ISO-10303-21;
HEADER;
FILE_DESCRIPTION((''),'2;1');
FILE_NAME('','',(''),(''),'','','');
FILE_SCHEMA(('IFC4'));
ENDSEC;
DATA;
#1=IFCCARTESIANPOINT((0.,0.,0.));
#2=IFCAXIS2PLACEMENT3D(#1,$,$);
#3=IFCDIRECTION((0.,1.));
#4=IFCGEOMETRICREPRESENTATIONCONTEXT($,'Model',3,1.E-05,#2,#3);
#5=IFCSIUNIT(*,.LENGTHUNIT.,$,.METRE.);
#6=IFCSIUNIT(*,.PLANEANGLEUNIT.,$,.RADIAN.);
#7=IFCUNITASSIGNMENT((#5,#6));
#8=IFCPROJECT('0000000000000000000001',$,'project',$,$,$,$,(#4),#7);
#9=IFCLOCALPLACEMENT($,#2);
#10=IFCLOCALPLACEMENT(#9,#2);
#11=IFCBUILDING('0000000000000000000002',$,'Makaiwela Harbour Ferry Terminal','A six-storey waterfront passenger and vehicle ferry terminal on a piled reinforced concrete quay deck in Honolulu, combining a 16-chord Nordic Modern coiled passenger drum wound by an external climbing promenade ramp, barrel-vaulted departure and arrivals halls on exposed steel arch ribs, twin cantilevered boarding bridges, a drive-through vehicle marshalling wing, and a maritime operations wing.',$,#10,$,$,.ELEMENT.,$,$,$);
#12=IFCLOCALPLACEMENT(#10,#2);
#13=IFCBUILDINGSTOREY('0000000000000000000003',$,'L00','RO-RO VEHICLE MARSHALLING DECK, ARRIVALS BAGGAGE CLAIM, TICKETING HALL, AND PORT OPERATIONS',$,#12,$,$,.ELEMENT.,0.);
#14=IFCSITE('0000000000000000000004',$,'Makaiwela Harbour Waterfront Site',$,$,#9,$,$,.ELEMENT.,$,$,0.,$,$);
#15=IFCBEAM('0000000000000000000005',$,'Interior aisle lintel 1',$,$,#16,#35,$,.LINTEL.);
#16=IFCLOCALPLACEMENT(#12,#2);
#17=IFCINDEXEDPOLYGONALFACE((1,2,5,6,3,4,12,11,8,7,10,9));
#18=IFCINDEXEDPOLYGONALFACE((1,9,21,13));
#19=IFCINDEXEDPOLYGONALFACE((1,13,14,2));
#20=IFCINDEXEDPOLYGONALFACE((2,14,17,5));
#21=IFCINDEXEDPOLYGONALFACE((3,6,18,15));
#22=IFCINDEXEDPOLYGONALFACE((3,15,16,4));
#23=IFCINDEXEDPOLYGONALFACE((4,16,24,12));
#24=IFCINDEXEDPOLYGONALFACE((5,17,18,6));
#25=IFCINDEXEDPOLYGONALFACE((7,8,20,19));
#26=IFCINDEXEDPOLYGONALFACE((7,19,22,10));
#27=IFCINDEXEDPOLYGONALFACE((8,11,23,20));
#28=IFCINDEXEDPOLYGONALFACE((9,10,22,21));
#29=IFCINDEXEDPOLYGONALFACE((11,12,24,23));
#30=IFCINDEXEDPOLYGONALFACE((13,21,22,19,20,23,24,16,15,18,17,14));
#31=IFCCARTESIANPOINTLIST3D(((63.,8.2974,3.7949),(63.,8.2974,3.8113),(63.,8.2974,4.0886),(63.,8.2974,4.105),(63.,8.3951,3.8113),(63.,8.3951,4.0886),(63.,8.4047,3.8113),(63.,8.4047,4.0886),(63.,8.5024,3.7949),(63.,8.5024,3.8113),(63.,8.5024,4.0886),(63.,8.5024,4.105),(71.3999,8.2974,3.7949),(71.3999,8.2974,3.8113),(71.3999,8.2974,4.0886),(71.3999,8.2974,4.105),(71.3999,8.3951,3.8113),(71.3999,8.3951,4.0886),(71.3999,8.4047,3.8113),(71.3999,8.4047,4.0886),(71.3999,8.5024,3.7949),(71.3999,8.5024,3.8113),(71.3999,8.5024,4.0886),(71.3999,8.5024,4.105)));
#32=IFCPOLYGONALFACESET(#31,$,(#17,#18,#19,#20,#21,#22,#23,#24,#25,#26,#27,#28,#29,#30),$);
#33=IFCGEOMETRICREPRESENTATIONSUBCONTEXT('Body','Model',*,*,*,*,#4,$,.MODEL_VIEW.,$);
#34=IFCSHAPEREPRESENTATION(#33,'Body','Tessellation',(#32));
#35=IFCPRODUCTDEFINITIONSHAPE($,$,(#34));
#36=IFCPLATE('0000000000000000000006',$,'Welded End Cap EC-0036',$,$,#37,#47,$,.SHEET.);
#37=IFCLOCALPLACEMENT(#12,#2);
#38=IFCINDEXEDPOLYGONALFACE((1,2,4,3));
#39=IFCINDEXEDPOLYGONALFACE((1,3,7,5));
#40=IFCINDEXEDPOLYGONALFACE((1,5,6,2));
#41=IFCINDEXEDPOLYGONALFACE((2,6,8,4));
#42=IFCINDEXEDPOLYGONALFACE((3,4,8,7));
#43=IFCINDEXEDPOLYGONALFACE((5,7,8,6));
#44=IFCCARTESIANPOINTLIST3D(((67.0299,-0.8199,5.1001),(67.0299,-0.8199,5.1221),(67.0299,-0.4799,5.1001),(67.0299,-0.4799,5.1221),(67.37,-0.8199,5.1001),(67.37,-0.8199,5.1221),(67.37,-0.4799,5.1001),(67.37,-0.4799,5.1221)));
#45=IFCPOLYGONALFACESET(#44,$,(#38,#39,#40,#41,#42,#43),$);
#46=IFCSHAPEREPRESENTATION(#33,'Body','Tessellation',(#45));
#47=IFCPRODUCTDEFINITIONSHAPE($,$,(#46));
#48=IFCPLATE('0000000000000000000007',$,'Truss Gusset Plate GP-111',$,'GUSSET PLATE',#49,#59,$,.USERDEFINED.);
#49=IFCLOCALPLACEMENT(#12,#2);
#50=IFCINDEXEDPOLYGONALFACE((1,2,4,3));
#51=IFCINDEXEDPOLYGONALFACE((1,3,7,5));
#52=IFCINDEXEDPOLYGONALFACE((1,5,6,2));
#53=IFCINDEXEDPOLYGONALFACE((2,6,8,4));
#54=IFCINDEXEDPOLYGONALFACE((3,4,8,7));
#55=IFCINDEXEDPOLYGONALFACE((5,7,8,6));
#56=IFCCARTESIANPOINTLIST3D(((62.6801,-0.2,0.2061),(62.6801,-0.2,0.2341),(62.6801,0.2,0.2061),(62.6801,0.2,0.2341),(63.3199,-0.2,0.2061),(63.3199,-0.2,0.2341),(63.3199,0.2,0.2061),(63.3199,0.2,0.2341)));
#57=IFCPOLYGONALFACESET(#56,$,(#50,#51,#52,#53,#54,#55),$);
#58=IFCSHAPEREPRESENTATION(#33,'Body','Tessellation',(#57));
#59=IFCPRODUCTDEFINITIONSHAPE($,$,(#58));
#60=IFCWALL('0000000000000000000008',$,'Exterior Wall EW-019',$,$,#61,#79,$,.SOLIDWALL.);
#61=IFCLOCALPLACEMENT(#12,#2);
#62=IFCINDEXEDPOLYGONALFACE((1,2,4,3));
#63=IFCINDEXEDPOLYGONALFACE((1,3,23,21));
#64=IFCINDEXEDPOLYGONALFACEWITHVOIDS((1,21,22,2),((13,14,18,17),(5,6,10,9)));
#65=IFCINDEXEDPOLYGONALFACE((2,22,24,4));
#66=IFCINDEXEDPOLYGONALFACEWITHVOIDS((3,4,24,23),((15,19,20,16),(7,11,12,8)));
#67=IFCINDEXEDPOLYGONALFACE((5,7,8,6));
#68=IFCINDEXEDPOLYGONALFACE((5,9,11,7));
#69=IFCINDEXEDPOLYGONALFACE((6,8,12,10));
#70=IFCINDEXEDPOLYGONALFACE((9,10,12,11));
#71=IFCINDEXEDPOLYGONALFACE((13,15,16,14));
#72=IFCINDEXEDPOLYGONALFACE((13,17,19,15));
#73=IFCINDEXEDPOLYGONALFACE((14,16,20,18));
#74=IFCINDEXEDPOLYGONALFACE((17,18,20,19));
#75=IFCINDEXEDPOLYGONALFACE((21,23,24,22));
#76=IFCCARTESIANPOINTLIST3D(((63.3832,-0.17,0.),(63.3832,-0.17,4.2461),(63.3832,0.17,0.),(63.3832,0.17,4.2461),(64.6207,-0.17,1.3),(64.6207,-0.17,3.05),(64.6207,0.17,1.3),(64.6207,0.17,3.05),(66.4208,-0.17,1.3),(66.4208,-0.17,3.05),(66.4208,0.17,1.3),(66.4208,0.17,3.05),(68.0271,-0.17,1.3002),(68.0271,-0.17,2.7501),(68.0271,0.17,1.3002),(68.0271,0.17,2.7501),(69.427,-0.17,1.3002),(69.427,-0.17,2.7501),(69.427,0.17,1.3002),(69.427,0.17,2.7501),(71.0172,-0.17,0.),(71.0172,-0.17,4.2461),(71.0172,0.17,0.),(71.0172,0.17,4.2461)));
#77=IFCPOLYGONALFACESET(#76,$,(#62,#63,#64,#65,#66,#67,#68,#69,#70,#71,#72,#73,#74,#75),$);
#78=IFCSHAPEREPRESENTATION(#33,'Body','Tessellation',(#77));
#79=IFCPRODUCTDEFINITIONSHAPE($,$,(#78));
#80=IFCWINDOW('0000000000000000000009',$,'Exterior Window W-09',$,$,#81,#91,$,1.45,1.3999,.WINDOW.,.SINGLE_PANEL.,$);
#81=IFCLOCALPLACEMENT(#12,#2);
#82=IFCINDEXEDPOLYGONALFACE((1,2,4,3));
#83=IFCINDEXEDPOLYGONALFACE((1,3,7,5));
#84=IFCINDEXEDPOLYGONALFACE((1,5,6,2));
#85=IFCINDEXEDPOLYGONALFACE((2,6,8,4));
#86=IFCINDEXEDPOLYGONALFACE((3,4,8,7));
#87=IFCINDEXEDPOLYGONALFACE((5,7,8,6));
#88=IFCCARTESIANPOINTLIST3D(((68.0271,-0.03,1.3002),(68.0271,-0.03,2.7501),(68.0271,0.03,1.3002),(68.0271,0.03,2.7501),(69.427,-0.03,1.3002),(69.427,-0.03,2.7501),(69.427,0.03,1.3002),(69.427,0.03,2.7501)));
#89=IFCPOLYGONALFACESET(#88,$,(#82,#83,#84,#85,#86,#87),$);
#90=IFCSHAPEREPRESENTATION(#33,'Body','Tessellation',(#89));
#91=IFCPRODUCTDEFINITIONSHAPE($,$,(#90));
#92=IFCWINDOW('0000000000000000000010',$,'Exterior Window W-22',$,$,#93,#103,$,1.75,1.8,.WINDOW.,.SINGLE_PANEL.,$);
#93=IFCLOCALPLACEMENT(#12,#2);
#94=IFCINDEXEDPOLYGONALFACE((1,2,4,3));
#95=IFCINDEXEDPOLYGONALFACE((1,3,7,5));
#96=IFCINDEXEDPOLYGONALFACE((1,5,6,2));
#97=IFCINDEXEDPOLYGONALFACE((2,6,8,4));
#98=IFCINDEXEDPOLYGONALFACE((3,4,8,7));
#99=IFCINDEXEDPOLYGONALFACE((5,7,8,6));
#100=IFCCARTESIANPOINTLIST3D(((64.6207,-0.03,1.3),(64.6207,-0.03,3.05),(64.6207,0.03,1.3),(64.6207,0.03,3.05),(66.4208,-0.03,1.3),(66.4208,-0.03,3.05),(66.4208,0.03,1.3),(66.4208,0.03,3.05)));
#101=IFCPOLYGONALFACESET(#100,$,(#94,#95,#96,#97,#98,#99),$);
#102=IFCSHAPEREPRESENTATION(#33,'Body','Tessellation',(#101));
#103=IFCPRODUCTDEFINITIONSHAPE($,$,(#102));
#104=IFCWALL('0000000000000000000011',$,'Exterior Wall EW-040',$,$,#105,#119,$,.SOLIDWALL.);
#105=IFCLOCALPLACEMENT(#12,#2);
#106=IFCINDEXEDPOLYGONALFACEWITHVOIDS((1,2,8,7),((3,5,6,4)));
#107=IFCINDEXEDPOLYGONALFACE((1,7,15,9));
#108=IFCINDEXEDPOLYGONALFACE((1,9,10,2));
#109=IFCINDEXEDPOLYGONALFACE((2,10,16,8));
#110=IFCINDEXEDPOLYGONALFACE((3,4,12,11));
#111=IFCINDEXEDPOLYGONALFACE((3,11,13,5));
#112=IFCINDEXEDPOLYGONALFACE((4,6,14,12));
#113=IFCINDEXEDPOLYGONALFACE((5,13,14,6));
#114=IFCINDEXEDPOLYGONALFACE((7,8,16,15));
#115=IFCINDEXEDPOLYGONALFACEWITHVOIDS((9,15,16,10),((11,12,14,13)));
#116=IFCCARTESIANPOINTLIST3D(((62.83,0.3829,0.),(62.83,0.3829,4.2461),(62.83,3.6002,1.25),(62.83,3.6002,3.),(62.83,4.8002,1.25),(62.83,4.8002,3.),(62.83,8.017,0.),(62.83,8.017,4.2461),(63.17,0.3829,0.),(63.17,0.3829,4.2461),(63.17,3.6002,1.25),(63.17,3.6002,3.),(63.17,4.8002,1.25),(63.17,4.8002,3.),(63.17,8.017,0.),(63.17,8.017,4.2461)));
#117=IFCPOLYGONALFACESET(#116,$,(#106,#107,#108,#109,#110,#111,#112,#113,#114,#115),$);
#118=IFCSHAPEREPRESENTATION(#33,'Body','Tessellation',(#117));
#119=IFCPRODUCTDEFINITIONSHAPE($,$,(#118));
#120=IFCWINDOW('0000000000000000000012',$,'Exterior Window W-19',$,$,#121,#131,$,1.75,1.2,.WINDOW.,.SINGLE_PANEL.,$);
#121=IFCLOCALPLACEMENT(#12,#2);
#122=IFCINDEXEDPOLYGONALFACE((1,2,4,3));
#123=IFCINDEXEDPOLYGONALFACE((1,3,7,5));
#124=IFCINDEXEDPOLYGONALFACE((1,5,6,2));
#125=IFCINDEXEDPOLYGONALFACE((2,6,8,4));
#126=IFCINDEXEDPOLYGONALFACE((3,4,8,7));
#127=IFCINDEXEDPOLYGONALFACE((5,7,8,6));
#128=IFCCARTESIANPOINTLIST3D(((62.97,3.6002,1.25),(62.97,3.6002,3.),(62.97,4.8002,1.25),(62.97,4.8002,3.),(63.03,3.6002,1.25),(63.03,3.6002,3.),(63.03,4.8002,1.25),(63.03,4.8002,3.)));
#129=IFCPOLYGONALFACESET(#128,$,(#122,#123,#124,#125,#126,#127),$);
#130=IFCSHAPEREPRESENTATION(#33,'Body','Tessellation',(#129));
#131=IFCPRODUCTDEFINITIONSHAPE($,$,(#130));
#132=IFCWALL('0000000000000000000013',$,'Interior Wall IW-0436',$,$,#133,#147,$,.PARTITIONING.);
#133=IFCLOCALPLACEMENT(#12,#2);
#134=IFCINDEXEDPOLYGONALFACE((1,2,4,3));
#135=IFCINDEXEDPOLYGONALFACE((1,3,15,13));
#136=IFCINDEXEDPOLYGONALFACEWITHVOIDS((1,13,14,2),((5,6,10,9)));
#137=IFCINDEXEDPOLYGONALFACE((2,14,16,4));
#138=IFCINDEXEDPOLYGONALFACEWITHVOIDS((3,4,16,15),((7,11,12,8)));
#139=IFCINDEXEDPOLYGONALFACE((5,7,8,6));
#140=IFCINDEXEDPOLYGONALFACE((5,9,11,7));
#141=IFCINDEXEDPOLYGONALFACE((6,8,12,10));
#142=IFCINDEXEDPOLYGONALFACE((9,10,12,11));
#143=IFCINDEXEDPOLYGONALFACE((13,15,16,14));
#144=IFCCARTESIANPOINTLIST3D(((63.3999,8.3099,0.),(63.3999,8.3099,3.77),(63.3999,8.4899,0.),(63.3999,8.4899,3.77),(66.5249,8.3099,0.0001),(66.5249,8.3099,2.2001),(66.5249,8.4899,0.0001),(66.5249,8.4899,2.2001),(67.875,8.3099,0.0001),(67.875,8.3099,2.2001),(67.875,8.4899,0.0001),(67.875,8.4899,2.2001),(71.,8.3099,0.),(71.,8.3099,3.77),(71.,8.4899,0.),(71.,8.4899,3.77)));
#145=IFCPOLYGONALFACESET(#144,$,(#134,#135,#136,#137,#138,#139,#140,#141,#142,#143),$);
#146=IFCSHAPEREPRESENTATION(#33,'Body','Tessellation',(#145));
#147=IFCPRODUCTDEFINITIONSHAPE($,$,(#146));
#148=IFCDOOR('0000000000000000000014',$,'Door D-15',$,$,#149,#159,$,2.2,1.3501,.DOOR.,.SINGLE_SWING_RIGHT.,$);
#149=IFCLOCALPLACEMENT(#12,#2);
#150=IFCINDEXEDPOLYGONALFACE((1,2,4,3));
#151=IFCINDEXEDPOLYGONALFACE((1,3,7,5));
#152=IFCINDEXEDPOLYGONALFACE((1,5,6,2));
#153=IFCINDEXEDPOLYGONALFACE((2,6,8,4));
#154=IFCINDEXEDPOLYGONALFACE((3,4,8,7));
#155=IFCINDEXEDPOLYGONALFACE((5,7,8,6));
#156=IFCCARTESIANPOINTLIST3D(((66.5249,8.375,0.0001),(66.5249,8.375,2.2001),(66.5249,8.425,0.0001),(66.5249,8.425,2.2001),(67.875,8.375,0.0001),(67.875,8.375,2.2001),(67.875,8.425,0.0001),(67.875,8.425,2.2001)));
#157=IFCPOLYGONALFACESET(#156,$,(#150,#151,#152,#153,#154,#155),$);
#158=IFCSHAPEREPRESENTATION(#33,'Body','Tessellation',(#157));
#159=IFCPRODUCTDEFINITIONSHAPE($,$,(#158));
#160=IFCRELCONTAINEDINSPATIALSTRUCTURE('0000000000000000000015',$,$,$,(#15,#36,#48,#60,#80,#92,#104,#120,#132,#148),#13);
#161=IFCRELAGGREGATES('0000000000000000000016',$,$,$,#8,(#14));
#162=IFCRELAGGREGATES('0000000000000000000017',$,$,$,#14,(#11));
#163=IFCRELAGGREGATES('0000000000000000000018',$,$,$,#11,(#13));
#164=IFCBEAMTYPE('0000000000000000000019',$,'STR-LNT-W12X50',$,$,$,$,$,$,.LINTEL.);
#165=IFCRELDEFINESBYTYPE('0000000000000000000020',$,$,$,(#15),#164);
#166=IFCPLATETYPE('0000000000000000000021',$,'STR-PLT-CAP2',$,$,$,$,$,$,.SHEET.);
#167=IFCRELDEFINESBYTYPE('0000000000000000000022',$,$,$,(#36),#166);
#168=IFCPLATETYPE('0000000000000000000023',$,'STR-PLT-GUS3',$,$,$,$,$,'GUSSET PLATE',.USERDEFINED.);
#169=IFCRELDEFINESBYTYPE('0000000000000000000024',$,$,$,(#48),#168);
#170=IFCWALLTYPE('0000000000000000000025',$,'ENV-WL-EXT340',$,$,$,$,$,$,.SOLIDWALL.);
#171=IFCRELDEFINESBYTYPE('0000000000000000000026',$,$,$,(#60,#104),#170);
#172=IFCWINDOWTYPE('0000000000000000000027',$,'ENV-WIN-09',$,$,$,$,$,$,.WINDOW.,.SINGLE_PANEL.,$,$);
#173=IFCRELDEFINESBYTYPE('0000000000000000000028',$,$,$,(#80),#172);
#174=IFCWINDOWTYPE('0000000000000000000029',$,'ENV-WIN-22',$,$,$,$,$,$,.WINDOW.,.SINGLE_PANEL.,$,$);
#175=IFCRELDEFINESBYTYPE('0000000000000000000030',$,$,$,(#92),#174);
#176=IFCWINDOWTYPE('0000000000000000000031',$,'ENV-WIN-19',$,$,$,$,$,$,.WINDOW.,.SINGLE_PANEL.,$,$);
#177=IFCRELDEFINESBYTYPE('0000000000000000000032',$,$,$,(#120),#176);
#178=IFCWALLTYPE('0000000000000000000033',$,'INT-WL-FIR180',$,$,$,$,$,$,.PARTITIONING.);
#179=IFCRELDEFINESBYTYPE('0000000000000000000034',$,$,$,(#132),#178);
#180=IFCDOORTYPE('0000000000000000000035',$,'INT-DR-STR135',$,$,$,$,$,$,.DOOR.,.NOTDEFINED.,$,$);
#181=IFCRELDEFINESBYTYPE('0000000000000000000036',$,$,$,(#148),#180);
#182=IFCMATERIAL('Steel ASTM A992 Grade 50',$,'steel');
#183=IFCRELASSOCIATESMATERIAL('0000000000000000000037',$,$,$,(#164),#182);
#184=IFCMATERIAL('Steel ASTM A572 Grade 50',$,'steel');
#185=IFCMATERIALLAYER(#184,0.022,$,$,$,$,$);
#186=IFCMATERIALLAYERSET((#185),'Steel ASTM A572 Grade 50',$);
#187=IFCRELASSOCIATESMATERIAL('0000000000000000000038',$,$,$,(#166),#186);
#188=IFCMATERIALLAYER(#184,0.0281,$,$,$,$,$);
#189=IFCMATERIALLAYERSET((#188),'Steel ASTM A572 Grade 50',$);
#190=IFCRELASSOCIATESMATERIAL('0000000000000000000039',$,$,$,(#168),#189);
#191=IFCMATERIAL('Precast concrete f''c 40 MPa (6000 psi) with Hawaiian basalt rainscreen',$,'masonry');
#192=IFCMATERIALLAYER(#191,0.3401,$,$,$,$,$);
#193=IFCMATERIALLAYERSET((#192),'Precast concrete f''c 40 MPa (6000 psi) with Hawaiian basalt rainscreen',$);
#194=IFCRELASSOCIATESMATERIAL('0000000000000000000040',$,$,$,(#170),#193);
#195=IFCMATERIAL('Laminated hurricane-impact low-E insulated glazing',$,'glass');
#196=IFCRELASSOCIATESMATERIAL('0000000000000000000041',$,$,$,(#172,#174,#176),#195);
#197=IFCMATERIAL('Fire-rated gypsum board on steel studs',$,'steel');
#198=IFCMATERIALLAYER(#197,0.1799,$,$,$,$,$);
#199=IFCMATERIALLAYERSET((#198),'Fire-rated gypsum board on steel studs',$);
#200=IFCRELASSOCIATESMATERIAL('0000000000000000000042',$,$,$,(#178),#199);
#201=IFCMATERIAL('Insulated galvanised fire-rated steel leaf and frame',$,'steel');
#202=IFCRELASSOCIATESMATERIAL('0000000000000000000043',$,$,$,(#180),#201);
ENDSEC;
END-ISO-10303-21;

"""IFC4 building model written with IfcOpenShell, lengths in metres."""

from ifc_helpers import new_model, si_unit, direction, frame, frame_2d, origin, origin_2d, place, context, subcontext, project, spatial, rectangle, i_section, extrude, material, layer, layer_set, material_profile, profile_set, type_object, element, fill, save


model = new_model("IFC4")

# Units and contexts
model_context = context("Model", 3, precision=1e-05, world=origin(), true_north=direction((0.0, 1.0)))
body_context = subcontext(model_context, "Body", "Model", "MODEL_VIEW")
ifc_project = project(units=[si_unit("LENGTHUNIT", "METRE"), si_unit("PLANEANGLEUNIT", "RADIAN")], contexts=[model_context])

# Site, building, storey
site_placement = place(None, origin())
site = spatial("IfcSite", under=ifc_project, at=site_placement, Name="Makaiwela Harbour Waterfront Site", CompositionType="ELEMENT", RefElevation=0.0)
building_placement = place(site_placement, origin())
building = spatial("IfcBuilding", under=site, at=building_placement, Name="Makaiwela Harbour Ferry Terminal", Description="A six-storey waterfront passenger and vehicle ferry terminal on a piled reinforced concrete quay deck in Honolulu, combining a 16-chord Nordic Modern coiled passenger drum wound by an external climbing promenade ramp, barrel-vaulted departure and arrivals halls on exposed steel arch ribs, twin cantilevered boarding bridges, a drive-through vehicle marshalling wing, and a maritime operations wing.", CompositionType="ELEMENT")
storey_placement = place(building_placement, origin())
storey = spatial("IfcBuildingStorey", under=building, at=storey_placement, Name="L00", Description="RO-RO VEHICLE MARSHALLING DECK, ARRIVALS BAGGAGE CLAIM, TICKETING HALL, AND PORT OPERATIONS", CompositionType="ELEMENT", Elevation=0.0)

# Beam
ifc_material_1 = material(Name="Steel ASTM A992 Grade 50", Category="steel")
ifc_material_profile_1 = material_profile(ifc_material_1, i_section(OverallWidth=0.2051, OverallDepth=0.3101, WebThickness=0.0095, FlangeThickness=0.0164, at=origin_2d()), Name="W12X50")
ifc_profile_set_1 = profile_set([ifc_material_profile_1], Name="Steel ASTM A992 Grade 50")
beam_type = type_object("IfcBeamType", Name="STR-LNT-W12X50", PredefinedType="LINTEL", material=ifc_profile_set_1)
beam_placement = place(storey_placement, frame((63.0, 8.3999, 3.95), z_axis=(1.0, 0.0, 0.0), x_axis=(0.0, 1.0, 0.0)))
element("IfcBeam", 1, at=beam_placement, inside=storey, type_object=beam_type, Name="Interior aisle lintel 1", PredefinedType="LINTEL", context=body_context, shape_type="SweptSolid", body=[
    extrude(i_section(OverallWidth=0.2051, OverallDepth=0.3101, WebThickness=0.0095, FlangeThickness=0.0164, at=origin_2d()), origin(), (0.0, 0.0, 1.0), 8.3999),
])

# Plates
ifc_material_2 = material(Name="Steel ASTM A572 Grade 50", Category="steel")
ifc_layer_1 = layer(ifc_material_2, 0.022)
ifc_layer_set_1 = layer_set([ifc_layer_1], Name="Steel ASTM A572 Grade 50")
plate_type_1 = type_object("IfcPlateType", Name="STR-PLT-CAP2", PredefinedType="SHEET", material=ifc_layer_set_1)
plate_1_placement = place(storey_placement, frame((67.2, -0.6499, 5.1001), z_axis=(0.0, 0.0, 1.0), x_axis=(1.0, 0.0, 0.0)))
element("IfcPlate", 2, at=plate_1_placement, inside=storey, type_object=plate_type_1, Name="Welded End Cap EC-0036", PredefinedType="SHEET", context=body_context, shape_type="SweptSolid", body=[
    extrude(rectangle(XDim=0.3401, YDim=0.3401, at=origin_2d()), origin(), (0.0, 0.0, 1.0), 0.022),
])
ifc_layer_2 = layer(ifc_material_2, 0.0281)
ifc_layer_set_2 = layer_set([ifc_layer_2], Name="Steel ASTM A572 Grade 50")
plate_type_2 = type_object("IfcPlateType", Name="STR-PLT-GUS3", ElementType="GUSSET PLATE", PredefinedType="USERDEFINED", material=ifc_layer_set_2)
plate_2_placement = place(storey_placement, frame((63.0, 0.0, 0.2061), z_axis=(0.0, 0.0, 1.0), x_axis=(1.0, 0.0, 0.0)))
element("IfcPlate", 3, at=plate_2_placement, inside=storey, type_object=plate_type_2, Name="Truss Gusset Plate GP-111", ObjectType="GUSSET PLATE", PredefinedType="USERDEFINED", context=body_context, shape_type="SweptSolid", body=[
    extrude(rectangle(XDim=0.6399, YDim=0.3999, at=origin_2d()), origin(), (0.0, 0.0, 1.0), 0.0281),
])

# Wall, openings, windows
ifc_material_3 = material(Name="Precast concrete f'c 40 MPa (6000 psi) with Hawaiian basalt rainscreen", Category="masonry")
ifc_layer_3 = layer(ifc_material_3, 0.3401)
ifc_layer_set_3 = layer_set([ifc_layer_3], Name="Precast concrete f'c 40 MPa (6000 psi) with Hawaiian basalt rainscreen")
wall_type_1 = type_object("IfcWallType", Name="ENV-WL-EXT340", PredefinedType="SOLIDWALL", material=ifc_layer_set_3)
wall_1_placement = place(storey_placement, frame((71.0171, 0.0, 0.0), z_axis=(0.0, 0.0, 1.0), x_axis=(-1.0, 0.0, 0.0)))
wall_1 = element("IfcWall", 4, at=wall_1_placement, inside=storey, type_object=wall_type_1, Name="Exterior Wall EW-019", PredefinedType="SOLIDWALL", context=body_context, shape_type="SweptSolid", body=[
    extrude(rectangle(XDim=7.634, YDim=0.3401, at=frame_2d((3.8169, 0.0))), origin(), (0.0, 0.0, 1.0), 4.2461),
])
opening_1_placement = place(wall_1_placement, frame((1.5901, 0.0, 1.3)))
opening_1 = element("IfcOpeningElement", 5, at=opening_1_placement, cuts=wall_1, PredefinedType="OPENING", context=body_context, shape_type="SweptSolid", body=[
    extrude(rectangle(XDim=1.3999, YDim=1.45, at=frame_2d((0.7, 0.7251))), frame((0.0, 0.1799, 0.0), z_axis=(0.0, -1.0, 0.0), x_axis=(1.0, 0.0, 0.0)), (0.0, 0.0, 1.0), 0.3601),
])
opening_2_placement = place(wall_1_placement, frame((4.5964, 0.0, 1.3)))
opening_2 = element("IfcOpeningElement", 6, at=opening_2_placement, cuts=wall_1, PredefinedType="OPENING", context=body_context, shape_type="SweptSolid", body=[
    extrude(rectangle(XDim=1.8, YDim=1.75, at=frame_2d((0.8999, 0.875))), frame((0.0, 0.1799, 0.0), z_axis=(0.0, -1.0, 0.0), x_axis=(1.0, 0.0, 0.0)), (0.0, 0.0, 1.0), 0.3601),
])
ifc_material_4 = material(Name="Laminated hurricane-impact low-E insulated glazing", Category="glass")
window_type_1 = type_object("IfcWindowType", Name="ENV-WIN-09", PartitioningType="SINGLE_PANEL", PredefinedType="WINDOW", material=ifc_material_4)
window_1_placement = place(opening_1_placement, origin())
window_1 = element("IfcWindow", 7, at=window_1_placement, inside=storey, type_object=window_type_1, Name="Exterior Window W-09", OverallHeight=1.45, OverallWidth=1.3999, PartitioningType="SINGLE_PANEL", PredefinedType="WINDOW", context=body_context, shape_type="SweptSolid", body=[
    extrude(rectangle(XDim=1.3999, YDim=1.45, at=frame_2d((0.7, 0.7251))), frame((0.0, 0.03, 0.0), z_axis=(0.0, -1.0, 0.0), x_axis=(1.0, 0.0, 0.0)), (0.0, 0.0, 1.0), 0.0601),
])
fill(opening_1, window_1)
window_type_2 = type_object("IfcWindowType", Name="ENV-WIN-22", PartitioningType="SINGLE_PANEL", PredefinedType="WINDOW", material=ifc_material_4)
window_2_placement = place(opening_2_placement, origin())
window_2 = element("IfcWindow", 8, at=window_2_placement, inside=storey, type_object=window_type_2, Name="Exterior Window W-22", OverallHeight=1.75, OverallWidth=1.8, PartitioningType="SINGLE_PANEL", PredefinedType="WINDOW", context=body_context, shape_type="SweptSolid", body=[
    extrude(rectangle(XDim=1.8, YDim=1.75, at=frame_2d((0.8999, 0.875))), frame((0.0, 0.03, 0.0), z_axis=(0.0, -1.0, 0.0), x_axis=(1.0, 0.0, 0.0)), (0.0, 0.0, 1.0), 0.0601),
])
fill(opening_2, window_2)

# Wall, opening, window
wall_2_placement = place(storey_placement, frame((63.0, 0.3831, 0.0), z_axis=(0.0, 0.0, 1.0), x_axis=(0.0, 1.0, 0.0)))
wall_2 = element("IfcWall", 9, at=wall_2_placement, inside=storey, type_object=wall_type_1, Name="Exterior Wall EW-040", PredefinedType="SOLIDWALL", context=body_context, shape_type="SweptSolid", body=[
    extrude(rectangle(XDim=7.634, YDim=0.3401, at=frame_2d((3.8169, 0.0))), origin(), (0.0, 0.0, 1.0), 4.2461),
])
opening_3_placement = place(wall_2_placement, frame((3.217, 0.0, 1.25)))
opening_3 = element("IfcOpeningElement", 10, at=opening_3_placement, cuts=wall_2, PredefinedType="OPENING", context=body_context, shape_type="SweptSolid", body=[
    extrude(rectangle(XDim=1.2, YDim=1.75, at=frame_2d((0.6001, 0.875))), frame((0.0, 0.1799, 0.0), z_axis=(0.0, -1.0, 0.0), x_axis=(1.0, 0.0, 0.0)), (0.0, 0.0, 1.0), 0.3601),
])
window_type_3 = type_object("IfcWindowType", Name="ENV-WIN-19", PartitioningType="SINGLE_PANEL", PredefinedType="WINDOW", material=ifc_material_4)
window_3_placement = place(opening_3_placement, origin())
window_3 = element("IfcWindow", 11, at=window_3_placement, inside=storey, type_object=window_type_3, Name="Exterior Window W-19", OverallHeight=1.75, OverallWidth=1.2, PartitioningType="SINGLE_PANEL", PredefinedType="WINDOW", context=body_context, shape_type="SweptSolid", body=[
    extrude(rectangle(XDim=1.2, YDim=1.75, at=frame_2d((0.6001, 0.875))), frame((0.0, 0.03, 0.0), z_axis=(0.0, -1.0, 0.0), x_axis=(1.0, 0.0, 0.0)), (0.0, 0.0, 1.0), 0.0601),
])
fill(opening_3, window_3)

# Wall, opening, door
ifc_material_5 = material(Name="Fire-rated gypsum board on steel studs", Category="steel")
ifc_layer_4 = layer(ifc_material_5, 0.1799)
ifc_layer_set_4 = layer_set([ifc_layer_4], Name="Fire-rated gypsum board on steel studs")
wall_type_2 = type_object("IfcWallType", Name="INT-WL-FIR180", PredefinedType="PARTITIONING", material=ifc_layer_set_4)
wall_3_placement = place(storey_placement, frame((63.3999, 8.3999, 0.0), z_axis=(0.0, 0.0, 1.0), x_axis=(1.0, 0.0, 0.0)))
wall_3 = element("IfcWall", 12, at=wall_3_placement, inside=storey, type_object=wall_type_2, Name="Interior Wall IW-0436", PredefinedType="PARTITIONING", context=body_context, shape_type="SweptSolid", body=[
    extrude(rectangle(XDim=7.6001, YDim=0.1799, at=frame_2d((3.8, 0.0))), origin(), (0.0, 0.0, 1.0), 3.77),
])
opening_4_placement = place(wall_3_placement, frame((3.125, 0.0, 0.0)))
opening_4 = element("IfcOpeningElement", 13, at=opening_4_placement, cuts=wall_3, PredefinedType="OPENING", context=body_context, shape_type="SweptSolid", body=[
    extrude(rectangle(XDim=1.3501, YDim=2.2, at=frame_2d((0.675, 1.1001))), frame((0.0, 0.0999, 0.0), z_axis=(0.0, -1.0, 0.0), x_axis=(1.0, 0.0, 0.0)), (0.0, 0.0, 1.0), 0.2),
])
ifc_material_6 = material(Name="Insulated galvanised fire-rated steel leaf and frame", Category="steel")
door_type = type_object("IfcDoorType", Name="INT-DR-STR135", OperationType="NOTDEFINED", PredefinedType="DOOR", material=ifc_material_6)
door_placement = place(opening_4_placement, frame((1.3501, 0.0, 0.0), z_axis=(0.0, 0.0, 1.0), x_axis=(-1.0, 0.0, 0.0)))
door = element("IfcDoor", 14, at=door_placement, inside=storey, type_object=door_type, Name="Door D-15", OperationType="SINGLE_SWING_RIGHT", OverallHeight=2.2, OverallWidth=1.3501, PredefinedType="DOOR", context=body_context, shape_type="SweptSolid", body=[
    extrude(rectangle(XDim=1.3501, YDim=2.2, at=frame_2d((0.675, 1.1001))), frame((0.0, 0.0249, 0.0), z_axis=(0.0, -1.0, 0.0), x_axis=(1.0, 0.0, 0.0)), (0.0, 0.0, 1.0), 0.05),
])
fill(opening_4, door)

save(model, "model.ifc")
